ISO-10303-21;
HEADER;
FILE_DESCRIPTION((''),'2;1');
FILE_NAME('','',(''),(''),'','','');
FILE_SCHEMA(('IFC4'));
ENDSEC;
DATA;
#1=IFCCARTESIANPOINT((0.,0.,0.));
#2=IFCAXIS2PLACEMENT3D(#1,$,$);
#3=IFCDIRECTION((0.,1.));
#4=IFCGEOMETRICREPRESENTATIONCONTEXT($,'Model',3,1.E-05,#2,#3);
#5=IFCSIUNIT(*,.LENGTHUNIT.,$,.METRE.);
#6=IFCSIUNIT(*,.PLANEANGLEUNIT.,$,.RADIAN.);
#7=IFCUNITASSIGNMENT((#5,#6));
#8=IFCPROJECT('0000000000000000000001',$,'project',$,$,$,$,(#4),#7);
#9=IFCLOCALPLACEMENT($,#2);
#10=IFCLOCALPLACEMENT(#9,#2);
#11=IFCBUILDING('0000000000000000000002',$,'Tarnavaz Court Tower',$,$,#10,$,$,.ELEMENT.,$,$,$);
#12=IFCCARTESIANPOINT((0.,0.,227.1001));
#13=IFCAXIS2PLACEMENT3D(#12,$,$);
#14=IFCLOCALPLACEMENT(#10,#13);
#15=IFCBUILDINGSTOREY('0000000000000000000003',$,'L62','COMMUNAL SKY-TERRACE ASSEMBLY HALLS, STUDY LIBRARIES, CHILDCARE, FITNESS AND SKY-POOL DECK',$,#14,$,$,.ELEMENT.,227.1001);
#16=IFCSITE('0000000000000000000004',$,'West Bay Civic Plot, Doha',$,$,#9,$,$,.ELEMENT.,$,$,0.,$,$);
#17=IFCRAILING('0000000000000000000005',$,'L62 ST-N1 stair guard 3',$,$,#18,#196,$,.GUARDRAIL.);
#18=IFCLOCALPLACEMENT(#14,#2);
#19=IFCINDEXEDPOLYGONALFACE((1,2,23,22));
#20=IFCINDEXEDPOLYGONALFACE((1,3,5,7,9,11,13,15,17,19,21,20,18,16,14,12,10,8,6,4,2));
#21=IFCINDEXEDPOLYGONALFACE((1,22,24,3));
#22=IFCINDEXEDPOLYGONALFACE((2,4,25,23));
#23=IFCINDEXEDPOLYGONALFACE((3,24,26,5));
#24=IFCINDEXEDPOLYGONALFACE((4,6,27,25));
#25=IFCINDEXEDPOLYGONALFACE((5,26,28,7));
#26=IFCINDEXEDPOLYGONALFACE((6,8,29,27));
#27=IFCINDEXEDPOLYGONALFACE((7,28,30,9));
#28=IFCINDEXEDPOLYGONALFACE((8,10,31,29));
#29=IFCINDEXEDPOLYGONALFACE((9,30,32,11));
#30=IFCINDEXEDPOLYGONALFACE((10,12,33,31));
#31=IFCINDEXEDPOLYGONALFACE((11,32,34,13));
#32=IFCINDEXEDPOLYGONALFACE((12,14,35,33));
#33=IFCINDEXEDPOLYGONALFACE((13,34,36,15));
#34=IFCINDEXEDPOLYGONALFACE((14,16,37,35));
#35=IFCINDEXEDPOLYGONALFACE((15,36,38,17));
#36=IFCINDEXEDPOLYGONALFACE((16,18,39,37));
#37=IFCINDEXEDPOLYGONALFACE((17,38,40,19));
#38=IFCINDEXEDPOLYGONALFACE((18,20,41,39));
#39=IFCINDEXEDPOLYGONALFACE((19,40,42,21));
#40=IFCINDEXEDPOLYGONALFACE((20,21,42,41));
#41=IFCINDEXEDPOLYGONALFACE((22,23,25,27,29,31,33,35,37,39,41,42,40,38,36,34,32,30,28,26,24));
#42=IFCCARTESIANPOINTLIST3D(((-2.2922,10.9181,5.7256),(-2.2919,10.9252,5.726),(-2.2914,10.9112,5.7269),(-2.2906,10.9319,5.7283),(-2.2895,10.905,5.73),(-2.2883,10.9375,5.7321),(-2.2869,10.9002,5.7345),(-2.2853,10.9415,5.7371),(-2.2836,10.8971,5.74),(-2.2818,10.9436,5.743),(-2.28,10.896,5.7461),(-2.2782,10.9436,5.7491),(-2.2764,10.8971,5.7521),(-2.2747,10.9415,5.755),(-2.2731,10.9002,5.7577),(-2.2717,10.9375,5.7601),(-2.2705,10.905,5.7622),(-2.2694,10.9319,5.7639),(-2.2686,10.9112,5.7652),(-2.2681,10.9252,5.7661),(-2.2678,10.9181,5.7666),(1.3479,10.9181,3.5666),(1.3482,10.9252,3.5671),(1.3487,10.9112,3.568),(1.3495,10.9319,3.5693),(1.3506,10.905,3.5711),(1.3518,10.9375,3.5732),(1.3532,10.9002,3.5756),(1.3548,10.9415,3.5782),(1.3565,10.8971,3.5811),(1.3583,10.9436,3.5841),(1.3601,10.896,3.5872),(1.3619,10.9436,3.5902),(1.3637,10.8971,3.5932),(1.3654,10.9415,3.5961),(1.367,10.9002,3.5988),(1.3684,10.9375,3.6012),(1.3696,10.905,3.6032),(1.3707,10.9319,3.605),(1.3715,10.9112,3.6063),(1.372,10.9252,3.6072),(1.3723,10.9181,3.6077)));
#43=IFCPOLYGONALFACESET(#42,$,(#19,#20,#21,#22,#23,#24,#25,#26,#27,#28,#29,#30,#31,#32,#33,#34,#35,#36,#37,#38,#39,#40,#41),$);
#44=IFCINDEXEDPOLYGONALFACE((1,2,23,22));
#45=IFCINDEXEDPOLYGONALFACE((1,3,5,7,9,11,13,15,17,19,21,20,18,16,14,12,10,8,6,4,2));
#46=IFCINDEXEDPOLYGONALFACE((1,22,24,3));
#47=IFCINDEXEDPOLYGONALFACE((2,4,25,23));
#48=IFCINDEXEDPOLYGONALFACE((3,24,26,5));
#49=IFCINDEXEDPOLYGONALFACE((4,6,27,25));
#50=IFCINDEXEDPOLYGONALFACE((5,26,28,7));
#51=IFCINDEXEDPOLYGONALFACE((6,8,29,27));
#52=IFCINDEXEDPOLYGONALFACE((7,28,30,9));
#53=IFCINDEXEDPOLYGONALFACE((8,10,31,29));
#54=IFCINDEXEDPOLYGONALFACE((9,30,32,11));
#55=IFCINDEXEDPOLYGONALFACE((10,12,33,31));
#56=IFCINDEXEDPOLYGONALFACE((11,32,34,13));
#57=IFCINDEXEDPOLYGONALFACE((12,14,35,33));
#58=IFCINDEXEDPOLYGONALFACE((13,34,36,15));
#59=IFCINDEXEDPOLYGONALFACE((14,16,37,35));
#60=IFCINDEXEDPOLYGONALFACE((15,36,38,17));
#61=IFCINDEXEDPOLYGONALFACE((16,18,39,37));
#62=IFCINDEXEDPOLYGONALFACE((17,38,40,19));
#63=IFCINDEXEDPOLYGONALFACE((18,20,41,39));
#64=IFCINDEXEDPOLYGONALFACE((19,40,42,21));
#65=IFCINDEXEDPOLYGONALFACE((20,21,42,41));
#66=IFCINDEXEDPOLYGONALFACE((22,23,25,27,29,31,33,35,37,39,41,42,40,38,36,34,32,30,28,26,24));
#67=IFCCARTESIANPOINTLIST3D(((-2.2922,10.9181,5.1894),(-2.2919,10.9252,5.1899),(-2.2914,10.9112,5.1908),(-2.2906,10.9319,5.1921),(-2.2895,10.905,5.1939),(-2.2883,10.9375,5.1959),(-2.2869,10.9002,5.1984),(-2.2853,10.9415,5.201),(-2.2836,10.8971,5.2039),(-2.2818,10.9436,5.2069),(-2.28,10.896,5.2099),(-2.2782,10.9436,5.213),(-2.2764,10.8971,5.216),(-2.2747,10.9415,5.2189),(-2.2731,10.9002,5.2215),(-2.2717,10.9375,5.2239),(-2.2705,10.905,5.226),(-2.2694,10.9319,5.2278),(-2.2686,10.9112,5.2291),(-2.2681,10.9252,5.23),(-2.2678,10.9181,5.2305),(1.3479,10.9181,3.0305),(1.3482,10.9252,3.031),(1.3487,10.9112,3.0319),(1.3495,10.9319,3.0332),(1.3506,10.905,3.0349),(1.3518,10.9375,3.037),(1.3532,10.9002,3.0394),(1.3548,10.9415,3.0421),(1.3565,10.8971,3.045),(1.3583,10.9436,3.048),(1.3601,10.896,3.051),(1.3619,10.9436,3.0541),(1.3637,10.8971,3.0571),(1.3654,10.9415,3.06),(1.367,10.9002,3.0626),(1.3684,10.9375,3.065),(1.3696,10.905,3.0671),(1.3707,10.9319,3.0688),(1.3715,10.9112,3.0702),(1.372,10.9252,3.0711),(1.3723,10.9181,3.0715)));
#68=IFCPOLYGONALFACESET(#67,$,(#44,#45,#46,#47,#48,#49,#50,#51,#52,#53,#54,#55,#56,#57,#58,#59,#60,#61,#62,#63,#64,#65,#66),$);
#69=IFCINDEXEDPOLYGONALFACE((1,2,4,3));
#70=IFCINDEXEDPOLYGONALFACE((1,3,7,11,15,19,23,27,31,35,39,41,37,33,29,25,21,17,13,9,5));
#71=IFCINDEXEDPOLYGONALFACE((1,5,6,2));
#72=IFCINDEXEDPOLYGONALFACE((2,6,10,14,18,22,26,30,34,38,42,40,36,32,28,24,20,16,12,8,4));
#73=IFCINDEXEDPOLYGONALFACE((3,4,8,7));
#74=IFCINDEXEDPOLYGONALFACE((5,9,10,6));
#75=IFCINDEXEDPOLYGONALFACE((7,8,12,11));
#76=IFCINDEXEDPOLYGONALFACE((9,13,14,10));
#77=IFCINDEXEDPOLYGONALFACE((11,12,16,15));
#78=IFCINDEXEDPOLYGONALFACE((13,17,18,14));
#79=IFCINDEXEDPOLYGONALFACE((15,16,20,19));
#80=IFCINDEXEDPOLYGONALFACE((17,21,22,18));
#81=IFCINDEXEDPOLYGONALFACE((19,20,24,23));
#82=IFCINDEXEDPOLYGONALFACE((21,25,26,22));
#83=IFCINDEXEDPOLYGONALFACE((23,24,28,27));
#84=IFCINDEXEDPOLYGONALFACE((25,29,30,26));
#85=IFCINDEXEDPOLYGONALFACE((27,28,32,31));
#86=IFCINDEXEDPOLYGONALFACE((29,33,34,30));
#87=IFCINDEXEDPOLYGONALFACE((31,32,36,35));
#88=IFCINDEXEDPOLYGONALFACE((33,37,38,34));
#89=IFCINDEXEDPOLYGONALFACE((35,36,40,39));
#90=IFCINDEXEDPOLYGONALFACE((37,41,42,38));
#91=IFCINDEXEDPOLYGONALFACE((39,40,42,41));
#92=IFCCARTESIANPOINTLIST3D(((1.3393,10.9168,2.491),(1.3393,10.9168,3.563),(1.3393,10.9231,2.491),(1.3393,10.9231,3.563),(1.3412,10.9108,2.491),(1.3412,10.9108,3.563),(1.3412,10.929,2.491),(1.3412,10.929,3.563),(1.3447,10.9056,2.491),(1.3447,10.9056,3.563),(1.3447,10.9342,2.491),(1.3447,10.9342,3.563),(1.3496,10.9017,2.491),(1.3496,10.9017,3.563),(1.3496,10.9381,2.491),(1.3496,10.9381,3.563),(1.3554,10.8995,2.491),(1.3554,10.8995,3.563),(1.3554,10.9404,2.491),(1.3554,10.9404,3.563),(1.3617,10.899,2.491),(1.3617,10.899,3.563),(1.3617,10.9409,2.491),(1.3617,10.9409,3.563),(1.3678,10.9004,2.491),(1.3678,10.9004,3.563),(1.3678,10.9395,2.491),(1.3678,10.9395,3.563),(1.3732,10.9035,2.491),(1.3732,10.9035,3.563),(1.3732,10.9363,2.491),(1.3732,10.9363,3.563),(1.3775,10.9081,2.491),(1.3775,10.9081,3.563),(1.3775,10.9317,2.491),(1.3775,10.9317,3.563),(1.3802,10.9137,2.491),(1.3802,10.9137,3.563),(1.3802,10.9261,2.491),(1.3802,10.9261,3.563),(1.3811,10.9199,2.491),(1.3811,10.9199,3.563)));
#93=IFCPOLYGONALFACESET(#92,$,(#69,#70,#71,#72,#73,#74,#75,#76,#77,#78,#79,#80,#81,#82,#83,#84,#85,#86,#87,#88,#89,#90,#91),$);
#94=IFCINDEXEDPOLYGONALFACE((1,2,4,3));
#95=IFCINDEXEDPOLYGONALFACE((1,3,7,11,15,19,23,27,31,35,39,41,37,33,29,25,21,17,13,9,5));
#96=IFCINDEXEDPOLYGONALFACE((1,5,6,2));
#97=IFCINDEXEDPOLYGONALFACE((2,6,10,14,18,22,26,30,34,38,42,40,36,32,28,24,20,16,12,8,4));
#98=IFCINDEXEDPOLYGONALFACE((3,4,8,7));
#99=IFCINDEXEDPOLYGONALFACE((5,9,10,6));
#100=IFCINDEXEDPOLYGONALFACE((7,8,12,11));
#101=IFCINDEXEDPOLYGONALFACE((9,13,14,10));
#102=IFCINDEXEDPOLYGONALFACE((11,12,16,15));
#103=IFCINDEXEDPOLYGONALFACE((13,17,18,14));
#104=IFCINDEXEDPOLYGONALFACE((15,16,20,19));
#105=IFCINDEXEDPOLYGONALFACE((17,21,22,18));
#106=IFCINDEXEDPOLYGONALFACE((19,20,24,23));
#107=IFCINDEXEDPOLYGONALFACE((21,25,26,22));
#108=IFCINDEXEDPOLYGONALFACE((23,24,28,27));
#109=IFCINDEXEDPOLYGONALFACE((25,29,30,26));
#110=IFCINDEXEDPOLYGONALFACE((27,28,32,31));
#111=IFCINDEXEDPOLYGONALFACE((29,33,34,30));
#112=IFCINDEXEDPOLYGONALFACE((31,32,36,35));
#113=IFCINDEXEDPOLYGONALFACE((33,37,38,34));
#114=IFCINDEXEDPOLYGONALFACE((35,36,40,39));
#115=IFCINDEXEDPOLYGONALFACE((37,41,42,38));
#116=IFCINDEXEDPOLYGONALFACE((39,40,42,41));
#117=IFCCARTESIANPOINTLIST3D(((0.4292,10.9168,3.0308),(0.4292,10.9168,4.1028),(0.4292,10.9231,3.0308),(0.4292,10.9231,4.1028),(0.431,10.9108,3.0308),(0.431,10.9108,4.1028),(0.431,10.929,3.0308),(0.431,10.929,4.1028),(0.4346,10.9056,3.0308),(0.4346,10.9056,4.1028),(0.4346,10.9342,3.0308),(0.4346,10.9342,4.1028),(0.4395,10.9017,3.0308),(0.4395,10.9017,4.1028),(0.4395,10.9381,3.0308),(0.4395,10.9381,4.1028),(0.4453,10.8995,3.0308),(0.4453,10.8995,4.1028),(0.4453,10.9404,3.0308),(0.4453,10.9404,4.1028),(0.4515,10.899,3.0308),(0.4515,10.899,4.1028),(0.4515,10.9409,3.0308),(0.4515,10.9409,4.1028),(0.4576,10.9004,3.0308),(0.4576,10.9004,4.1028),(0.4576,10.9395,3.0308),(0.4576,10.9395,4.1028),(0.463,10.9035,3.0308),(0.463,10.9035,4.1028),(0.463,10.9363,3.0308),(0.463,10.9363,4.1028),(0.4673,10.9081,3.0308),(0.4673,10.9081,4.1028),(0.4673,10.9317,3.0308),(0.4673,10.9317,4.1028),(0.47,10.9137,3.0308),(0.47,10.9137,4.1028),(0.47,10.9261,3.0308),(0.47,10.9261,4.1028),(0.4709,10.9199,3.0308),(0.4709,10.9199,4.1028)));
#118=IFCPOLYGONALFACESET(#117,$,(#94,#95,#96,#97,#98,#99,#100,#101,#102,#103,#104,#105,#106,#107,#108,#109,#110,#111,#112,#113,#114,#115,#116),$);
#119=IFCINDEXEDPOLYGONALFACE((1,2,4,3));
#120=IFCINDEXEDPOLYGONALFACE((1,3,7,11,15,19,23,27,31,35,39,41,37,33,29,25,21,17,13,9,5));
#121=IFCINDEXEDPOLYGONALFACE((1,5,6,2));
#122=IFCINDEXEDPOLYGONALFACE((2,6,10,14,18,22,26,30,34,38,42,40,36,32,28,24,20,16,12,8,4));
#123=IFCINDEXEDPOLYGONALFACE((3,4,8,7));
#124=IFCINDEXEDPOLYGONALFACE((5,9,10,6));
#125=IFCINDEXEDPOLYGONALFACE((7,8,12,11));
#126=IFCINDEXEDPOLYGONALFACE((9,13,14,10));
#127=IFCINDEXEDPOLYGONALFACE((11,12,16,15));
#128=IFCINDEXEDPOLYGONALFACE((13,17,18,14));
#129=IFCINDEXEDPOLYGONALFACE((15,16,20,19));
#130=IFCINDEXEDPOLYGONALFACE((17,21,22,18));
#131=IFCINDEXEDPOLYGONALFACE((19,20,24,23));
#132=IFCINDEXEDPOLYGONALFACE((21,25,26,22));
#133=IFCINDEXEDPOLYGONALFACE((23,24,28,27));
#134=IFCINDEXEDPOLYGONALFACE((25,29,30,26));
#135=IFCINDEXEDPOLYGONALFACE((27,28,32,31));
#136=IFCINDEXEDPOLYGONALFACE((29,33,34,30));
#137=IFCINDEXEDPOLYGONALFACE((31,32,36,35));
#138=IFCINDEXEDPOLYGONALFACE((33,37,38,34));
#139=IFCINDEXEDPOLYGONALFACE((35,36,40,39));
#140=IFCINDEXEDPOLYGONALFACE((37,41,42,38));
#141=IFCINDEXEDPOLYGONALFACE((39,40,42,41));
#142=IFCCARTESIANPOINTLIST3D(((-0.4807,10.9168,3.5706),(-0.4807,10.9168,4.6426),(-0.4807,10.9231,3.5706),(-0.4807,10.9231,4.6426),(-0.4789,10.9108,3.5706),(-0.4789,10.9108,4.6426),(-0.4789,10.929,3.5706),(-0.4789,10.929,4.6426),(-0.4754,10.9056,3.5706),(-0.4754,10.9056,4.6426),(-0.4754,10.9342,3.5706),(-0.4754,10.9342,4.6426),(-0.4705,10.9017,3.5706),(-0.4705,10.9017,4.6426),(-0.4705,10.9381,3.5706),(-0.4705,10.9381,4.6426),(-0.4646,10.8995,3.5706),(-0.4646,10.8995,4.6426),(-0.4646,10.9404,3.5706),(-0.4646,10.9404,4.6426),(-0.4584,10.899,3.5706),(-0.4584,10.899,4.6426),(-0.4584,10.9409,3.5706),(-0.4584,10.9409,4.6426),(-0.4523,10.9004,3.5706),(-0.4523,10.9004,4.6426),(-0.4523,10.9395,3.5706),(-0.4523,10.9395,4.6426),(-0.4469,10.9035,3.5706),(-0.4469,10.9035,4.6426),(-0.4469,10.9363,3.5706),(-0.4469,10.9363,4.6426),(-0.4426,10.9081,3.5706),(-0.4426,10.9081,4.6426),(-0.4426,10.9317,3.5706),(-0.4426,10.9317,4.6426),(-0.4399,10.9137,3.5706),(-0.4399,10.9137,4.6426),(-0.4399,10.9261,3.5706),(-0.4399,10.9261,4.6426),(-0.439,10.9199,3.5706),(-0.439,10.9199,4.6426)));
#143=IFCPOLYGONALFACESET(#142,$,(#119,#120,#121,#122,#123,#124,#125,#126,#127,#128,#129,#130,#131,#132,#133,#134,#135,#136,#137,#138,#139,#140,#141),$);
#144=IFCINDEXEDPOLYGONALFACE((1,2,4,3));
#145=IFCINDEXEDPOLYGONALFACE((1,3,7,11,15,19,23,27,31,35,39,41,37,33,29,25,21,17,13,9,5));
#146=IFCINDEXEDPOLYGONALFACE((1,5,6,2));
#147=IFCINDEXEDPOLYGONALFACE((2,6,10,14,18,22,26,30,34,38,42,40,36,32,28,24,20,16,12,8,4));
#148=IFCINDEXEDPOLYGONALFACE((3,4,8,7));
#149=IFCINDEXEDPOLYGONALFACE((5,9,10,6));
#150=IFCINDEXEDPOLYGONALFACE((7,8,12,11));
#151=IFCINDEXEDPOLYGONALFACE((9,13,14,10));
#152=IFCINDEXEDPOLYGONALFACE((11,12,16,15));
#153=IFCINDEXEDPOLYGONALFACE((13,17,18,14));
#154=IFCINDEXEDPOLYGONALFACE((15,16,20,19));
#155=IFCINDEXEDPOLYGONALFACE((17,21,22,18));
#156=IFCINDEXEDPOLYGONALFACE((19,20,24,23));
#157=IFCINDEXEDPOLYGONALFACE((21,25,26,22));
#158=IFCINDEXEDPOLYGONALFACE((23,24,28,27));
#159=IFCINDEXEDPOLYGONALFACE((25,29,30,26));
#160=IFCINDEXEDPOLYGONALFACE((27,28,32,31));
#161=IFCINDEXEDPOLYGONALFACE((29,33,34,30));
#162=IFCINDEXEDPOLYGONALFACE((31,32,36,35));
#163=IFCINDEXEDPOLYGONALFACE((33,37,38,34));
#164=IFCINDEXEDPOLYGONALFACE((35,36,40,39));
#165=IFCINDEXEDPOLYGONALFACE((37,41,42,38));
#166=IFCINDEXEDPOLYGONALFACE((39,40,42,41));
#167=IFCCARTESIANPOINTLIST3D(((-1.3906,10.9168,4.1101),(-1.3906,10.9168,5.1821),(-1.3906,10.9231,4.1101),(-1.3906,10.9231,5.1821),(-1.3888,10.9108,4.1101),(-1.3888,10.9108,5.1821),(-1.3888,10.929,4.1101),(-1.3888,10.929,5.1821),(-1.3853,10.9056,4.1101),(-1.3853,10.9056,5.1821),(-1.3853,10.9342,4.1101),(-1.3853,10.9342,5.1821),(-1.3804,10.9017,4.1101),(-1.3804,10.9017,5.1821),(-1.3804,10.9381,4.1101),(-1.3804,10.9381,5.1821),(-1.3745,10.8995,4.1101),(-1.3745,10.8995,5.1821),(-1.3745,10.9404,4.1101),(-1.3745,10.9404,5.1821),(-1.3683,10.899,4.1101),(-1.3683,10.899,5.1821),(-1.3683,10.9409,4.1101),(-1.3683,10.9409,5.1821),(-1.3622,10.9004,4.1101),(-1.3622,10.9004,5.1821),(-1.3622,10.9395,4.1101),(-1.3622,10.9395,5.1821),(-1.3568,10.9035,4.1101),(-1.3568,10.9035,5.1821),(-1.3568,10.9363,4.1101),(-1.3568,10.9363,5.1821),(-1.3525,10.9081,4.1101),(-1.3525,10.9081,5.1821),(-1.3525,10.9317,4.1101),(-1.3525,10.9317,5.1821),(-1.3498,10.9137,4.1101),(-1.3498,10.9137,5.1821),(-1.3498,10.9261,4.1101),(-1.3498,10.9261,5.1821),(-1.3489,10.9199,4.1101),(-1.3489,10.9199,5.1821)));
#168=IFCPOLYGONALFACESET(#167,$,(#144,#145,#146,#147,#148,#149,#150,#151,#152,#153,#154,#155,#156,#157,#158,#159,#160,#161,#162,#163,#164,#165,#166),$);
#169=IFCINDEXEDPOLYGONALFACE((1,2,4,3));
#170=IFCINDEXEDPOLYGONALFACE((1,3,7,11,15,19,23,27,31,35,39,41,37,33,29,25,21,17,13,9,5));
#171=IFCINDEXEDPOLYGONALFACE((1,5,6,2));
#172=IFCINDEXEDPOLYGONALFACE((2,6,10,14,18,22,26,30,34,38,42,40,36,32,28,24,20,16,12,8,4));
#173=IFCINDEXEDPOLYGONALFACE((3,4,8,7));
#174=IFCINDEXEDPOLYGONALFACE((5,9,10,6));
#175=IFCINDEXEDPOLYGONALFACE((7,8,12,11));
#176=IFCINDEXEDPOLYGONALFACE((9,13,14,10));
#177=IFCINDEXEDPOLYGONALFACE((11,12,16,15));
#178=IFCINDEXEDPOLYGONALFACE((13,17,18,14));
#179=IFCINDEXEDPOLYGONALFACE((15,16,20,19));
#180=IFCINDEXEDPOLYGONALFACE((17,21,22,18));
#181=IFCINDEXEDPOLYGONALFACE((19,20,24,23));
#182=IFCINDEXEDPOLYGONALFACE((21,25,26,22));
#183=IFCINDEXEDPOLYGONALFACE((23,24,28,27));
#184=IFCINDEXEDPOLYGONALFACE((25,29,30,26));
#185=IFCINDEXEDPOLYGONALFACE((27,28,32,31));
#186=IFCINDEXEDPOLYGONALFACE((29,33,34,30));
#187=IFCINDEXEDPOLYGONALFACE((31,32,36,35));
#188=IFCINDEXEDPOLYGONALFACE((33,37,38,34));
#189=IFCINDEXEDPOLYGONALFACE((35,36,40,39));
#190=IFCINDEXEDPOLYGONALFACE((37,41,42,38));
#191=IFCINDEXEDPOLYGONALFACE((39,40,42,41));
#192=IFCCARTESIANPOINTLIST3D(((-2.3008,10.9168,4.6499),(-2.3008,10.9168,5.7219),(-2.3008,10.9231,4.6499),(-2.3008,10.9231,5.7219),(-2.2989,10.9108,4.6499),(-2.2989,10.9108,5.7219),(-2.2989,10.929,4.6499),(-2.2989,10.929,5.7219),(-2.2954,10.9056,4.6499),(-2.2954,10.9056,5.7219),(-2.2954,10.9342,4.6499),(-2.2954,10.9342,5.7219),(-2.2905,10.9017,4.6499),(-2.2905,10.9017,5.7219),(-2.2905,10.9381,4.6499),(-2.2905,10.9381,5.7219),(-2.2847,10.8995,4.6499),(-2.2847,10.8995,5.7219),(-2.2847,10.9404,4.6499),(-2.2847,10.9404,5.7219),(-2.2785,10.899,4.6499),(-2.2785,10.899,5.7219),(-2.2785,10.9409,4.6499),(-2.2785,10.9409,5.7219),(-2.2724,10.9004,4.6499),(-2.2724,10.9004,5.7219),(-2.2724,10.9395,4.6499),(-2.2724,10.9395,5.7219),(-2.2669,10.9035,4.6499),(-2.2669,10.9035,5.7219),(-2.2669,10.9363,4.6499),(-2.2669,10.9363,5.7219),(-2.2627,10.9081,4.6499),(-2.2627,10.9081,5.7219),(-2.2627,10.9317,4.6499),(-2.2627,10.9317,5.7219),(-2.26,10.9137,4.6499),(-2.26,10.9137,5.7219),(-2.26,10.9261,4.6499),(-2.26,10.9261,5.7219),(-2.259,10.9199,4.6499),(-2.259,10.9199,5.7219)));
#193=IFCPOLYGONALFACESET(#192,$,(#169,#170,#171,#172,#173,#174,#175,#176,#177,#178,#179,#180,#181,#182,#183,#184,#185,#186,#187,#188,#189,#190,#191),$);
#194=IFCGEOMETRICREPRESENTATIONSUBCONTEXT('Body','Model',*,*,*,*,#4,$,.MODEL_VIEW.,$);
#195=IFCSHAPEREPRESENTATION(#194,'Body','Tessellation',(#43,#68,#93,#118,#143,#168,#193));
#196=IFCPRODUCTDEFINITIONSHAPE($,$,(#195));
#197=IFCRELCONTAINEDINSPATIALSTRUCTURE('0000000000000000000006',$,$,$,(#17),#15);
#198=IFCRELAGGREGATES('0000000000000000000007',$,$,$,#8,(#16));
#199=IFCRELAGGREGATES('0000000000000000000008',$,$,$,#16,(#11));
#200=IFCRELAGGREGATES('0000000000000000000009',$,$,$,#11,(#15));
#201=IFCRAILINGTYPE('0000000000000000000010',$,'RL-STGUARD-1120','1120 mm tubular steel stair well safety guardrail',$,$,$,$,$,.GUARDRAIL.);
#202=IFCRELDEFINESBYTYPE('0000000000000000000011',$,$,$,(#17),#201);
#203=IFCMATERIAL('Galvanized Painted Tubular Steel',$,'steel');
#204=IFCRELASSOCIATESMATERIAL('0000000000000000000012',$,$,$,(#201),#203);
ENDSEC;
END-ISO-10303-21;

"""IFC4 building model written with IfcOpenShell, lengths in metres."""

from ifc_helpers import new_model, si_unit, direction, frame, origin, origin_2d, place, context, subcontext, project, spatial, circle, extrude, material, type_object, element, save


model = new_model("IFC4")

# Units and contexts
model_context = context("Model", 3, precision=1e-05, world=origin(), true_north=direction((0.0, 1.0)))
body_context = subcontext(model_context, "Body", "Model", "MODEL_VIEW")
ifc_project = project(units=[si_unit("LENGTHUNIT", "METRE"), si_unit("PLANEANGLEUNIT", "RADIAN")], contexts=[model_context])

# Site, building, storey
site_placement = place(None, origin())
site = spatial("IfcSite", under=ifc_project, at=site_placement, Name="West Bay Civic Plot, Doha", CompositionType="ELEMENT", RefElevation=0.0)
building_placement = place(site_placement, origin())
building = spatial("IfcBuilding", under=site, at=building_placement, Name="Tarnavaz Court Tower", CompositionType="ELEMENT")
storey_placement = place(building_placement, frame((0.0, 0.0, 227.1001)))
storey = spatial("IfcBuildingStorey", under=building, at=storey_placement, Name="L62", Description="COMMUNAL SKY-TERRACE ASSEMBLY HALLS, STUDY LIBRARIES, CHILDCARE, FITNESS AND SKY-POOL DECK", CompositionType="ELEMENT", Elevation=227.1001)

# Railing
ifc_material_1 = material(Name="Galvanized Painted Tubular Steel", Category="steel")
railing_type_1 = type_object("IfcRailingType", Name="RL-STGUARD-1120", Description="1120 mm tubular steel stair well safety guardrail", PredefinedType="GUARDRAIL", material=ifc_material_1)
railing_1_placement = place(storey_placement, frame((1.3601, 10.9199, 2.491)))
element("IfcRailing", 1, at=railing_1_placement, inside=storey, type_object=railing_type_1, Name="L62 ST-N1 stair guard 3", PredefinedType="GUARDRAIL", context=body_context, shape_type="SweptSolid", body=[
    extrude(circle(Radius=0.0239, at=origin_2d()), frame((0.0, 0.0, 1.0962), z_axis=(-0.860103, 0.0, 0.51012), x_axis=(0.0, -1.0, 0.0)), (0.0, 0.0, 1.0), 4.2322),
    extrude(circle(Radius=0.0239, at=origin_2d()), frame((0.0, 0.0, 0.5601), z_axis=(-0.860103, 0.0, 0.51012), x_axis=(0.0, -1.0, 0.0)), (0.0, 0.0, 1.0), 4.2322),
    extrude(circle(Radius=0.021, at=origin_2d()), origin(), (0.0, 0.0, 1.0), 1.072),
    extrude(circle(Radius=0.021, at=origin_2d()), frame((-0.9102, 0.0, 0.5398)), (0.0, 0.0, 1.0), 1.072),
    extrude(circle(Radius=0.021, at=origin_2d()), frame((-1.8201, 0.0, 1.0796)), (0.0, 0.0, 1.0), 1.072),
    extrude(circle(Radius=0.021, at=origin_2d()), frame((-2.73, 0.0, 1.6191)), (0.0, 0.0, 1.0), 1.072),
    extrude(circle(Radius=0.021, at=origin_2d()), frame((-3.6401, 0.0, 2.1589)), (0.0, 0.0, 1.0), 1.072),
])

save(model, "model.ifc")
